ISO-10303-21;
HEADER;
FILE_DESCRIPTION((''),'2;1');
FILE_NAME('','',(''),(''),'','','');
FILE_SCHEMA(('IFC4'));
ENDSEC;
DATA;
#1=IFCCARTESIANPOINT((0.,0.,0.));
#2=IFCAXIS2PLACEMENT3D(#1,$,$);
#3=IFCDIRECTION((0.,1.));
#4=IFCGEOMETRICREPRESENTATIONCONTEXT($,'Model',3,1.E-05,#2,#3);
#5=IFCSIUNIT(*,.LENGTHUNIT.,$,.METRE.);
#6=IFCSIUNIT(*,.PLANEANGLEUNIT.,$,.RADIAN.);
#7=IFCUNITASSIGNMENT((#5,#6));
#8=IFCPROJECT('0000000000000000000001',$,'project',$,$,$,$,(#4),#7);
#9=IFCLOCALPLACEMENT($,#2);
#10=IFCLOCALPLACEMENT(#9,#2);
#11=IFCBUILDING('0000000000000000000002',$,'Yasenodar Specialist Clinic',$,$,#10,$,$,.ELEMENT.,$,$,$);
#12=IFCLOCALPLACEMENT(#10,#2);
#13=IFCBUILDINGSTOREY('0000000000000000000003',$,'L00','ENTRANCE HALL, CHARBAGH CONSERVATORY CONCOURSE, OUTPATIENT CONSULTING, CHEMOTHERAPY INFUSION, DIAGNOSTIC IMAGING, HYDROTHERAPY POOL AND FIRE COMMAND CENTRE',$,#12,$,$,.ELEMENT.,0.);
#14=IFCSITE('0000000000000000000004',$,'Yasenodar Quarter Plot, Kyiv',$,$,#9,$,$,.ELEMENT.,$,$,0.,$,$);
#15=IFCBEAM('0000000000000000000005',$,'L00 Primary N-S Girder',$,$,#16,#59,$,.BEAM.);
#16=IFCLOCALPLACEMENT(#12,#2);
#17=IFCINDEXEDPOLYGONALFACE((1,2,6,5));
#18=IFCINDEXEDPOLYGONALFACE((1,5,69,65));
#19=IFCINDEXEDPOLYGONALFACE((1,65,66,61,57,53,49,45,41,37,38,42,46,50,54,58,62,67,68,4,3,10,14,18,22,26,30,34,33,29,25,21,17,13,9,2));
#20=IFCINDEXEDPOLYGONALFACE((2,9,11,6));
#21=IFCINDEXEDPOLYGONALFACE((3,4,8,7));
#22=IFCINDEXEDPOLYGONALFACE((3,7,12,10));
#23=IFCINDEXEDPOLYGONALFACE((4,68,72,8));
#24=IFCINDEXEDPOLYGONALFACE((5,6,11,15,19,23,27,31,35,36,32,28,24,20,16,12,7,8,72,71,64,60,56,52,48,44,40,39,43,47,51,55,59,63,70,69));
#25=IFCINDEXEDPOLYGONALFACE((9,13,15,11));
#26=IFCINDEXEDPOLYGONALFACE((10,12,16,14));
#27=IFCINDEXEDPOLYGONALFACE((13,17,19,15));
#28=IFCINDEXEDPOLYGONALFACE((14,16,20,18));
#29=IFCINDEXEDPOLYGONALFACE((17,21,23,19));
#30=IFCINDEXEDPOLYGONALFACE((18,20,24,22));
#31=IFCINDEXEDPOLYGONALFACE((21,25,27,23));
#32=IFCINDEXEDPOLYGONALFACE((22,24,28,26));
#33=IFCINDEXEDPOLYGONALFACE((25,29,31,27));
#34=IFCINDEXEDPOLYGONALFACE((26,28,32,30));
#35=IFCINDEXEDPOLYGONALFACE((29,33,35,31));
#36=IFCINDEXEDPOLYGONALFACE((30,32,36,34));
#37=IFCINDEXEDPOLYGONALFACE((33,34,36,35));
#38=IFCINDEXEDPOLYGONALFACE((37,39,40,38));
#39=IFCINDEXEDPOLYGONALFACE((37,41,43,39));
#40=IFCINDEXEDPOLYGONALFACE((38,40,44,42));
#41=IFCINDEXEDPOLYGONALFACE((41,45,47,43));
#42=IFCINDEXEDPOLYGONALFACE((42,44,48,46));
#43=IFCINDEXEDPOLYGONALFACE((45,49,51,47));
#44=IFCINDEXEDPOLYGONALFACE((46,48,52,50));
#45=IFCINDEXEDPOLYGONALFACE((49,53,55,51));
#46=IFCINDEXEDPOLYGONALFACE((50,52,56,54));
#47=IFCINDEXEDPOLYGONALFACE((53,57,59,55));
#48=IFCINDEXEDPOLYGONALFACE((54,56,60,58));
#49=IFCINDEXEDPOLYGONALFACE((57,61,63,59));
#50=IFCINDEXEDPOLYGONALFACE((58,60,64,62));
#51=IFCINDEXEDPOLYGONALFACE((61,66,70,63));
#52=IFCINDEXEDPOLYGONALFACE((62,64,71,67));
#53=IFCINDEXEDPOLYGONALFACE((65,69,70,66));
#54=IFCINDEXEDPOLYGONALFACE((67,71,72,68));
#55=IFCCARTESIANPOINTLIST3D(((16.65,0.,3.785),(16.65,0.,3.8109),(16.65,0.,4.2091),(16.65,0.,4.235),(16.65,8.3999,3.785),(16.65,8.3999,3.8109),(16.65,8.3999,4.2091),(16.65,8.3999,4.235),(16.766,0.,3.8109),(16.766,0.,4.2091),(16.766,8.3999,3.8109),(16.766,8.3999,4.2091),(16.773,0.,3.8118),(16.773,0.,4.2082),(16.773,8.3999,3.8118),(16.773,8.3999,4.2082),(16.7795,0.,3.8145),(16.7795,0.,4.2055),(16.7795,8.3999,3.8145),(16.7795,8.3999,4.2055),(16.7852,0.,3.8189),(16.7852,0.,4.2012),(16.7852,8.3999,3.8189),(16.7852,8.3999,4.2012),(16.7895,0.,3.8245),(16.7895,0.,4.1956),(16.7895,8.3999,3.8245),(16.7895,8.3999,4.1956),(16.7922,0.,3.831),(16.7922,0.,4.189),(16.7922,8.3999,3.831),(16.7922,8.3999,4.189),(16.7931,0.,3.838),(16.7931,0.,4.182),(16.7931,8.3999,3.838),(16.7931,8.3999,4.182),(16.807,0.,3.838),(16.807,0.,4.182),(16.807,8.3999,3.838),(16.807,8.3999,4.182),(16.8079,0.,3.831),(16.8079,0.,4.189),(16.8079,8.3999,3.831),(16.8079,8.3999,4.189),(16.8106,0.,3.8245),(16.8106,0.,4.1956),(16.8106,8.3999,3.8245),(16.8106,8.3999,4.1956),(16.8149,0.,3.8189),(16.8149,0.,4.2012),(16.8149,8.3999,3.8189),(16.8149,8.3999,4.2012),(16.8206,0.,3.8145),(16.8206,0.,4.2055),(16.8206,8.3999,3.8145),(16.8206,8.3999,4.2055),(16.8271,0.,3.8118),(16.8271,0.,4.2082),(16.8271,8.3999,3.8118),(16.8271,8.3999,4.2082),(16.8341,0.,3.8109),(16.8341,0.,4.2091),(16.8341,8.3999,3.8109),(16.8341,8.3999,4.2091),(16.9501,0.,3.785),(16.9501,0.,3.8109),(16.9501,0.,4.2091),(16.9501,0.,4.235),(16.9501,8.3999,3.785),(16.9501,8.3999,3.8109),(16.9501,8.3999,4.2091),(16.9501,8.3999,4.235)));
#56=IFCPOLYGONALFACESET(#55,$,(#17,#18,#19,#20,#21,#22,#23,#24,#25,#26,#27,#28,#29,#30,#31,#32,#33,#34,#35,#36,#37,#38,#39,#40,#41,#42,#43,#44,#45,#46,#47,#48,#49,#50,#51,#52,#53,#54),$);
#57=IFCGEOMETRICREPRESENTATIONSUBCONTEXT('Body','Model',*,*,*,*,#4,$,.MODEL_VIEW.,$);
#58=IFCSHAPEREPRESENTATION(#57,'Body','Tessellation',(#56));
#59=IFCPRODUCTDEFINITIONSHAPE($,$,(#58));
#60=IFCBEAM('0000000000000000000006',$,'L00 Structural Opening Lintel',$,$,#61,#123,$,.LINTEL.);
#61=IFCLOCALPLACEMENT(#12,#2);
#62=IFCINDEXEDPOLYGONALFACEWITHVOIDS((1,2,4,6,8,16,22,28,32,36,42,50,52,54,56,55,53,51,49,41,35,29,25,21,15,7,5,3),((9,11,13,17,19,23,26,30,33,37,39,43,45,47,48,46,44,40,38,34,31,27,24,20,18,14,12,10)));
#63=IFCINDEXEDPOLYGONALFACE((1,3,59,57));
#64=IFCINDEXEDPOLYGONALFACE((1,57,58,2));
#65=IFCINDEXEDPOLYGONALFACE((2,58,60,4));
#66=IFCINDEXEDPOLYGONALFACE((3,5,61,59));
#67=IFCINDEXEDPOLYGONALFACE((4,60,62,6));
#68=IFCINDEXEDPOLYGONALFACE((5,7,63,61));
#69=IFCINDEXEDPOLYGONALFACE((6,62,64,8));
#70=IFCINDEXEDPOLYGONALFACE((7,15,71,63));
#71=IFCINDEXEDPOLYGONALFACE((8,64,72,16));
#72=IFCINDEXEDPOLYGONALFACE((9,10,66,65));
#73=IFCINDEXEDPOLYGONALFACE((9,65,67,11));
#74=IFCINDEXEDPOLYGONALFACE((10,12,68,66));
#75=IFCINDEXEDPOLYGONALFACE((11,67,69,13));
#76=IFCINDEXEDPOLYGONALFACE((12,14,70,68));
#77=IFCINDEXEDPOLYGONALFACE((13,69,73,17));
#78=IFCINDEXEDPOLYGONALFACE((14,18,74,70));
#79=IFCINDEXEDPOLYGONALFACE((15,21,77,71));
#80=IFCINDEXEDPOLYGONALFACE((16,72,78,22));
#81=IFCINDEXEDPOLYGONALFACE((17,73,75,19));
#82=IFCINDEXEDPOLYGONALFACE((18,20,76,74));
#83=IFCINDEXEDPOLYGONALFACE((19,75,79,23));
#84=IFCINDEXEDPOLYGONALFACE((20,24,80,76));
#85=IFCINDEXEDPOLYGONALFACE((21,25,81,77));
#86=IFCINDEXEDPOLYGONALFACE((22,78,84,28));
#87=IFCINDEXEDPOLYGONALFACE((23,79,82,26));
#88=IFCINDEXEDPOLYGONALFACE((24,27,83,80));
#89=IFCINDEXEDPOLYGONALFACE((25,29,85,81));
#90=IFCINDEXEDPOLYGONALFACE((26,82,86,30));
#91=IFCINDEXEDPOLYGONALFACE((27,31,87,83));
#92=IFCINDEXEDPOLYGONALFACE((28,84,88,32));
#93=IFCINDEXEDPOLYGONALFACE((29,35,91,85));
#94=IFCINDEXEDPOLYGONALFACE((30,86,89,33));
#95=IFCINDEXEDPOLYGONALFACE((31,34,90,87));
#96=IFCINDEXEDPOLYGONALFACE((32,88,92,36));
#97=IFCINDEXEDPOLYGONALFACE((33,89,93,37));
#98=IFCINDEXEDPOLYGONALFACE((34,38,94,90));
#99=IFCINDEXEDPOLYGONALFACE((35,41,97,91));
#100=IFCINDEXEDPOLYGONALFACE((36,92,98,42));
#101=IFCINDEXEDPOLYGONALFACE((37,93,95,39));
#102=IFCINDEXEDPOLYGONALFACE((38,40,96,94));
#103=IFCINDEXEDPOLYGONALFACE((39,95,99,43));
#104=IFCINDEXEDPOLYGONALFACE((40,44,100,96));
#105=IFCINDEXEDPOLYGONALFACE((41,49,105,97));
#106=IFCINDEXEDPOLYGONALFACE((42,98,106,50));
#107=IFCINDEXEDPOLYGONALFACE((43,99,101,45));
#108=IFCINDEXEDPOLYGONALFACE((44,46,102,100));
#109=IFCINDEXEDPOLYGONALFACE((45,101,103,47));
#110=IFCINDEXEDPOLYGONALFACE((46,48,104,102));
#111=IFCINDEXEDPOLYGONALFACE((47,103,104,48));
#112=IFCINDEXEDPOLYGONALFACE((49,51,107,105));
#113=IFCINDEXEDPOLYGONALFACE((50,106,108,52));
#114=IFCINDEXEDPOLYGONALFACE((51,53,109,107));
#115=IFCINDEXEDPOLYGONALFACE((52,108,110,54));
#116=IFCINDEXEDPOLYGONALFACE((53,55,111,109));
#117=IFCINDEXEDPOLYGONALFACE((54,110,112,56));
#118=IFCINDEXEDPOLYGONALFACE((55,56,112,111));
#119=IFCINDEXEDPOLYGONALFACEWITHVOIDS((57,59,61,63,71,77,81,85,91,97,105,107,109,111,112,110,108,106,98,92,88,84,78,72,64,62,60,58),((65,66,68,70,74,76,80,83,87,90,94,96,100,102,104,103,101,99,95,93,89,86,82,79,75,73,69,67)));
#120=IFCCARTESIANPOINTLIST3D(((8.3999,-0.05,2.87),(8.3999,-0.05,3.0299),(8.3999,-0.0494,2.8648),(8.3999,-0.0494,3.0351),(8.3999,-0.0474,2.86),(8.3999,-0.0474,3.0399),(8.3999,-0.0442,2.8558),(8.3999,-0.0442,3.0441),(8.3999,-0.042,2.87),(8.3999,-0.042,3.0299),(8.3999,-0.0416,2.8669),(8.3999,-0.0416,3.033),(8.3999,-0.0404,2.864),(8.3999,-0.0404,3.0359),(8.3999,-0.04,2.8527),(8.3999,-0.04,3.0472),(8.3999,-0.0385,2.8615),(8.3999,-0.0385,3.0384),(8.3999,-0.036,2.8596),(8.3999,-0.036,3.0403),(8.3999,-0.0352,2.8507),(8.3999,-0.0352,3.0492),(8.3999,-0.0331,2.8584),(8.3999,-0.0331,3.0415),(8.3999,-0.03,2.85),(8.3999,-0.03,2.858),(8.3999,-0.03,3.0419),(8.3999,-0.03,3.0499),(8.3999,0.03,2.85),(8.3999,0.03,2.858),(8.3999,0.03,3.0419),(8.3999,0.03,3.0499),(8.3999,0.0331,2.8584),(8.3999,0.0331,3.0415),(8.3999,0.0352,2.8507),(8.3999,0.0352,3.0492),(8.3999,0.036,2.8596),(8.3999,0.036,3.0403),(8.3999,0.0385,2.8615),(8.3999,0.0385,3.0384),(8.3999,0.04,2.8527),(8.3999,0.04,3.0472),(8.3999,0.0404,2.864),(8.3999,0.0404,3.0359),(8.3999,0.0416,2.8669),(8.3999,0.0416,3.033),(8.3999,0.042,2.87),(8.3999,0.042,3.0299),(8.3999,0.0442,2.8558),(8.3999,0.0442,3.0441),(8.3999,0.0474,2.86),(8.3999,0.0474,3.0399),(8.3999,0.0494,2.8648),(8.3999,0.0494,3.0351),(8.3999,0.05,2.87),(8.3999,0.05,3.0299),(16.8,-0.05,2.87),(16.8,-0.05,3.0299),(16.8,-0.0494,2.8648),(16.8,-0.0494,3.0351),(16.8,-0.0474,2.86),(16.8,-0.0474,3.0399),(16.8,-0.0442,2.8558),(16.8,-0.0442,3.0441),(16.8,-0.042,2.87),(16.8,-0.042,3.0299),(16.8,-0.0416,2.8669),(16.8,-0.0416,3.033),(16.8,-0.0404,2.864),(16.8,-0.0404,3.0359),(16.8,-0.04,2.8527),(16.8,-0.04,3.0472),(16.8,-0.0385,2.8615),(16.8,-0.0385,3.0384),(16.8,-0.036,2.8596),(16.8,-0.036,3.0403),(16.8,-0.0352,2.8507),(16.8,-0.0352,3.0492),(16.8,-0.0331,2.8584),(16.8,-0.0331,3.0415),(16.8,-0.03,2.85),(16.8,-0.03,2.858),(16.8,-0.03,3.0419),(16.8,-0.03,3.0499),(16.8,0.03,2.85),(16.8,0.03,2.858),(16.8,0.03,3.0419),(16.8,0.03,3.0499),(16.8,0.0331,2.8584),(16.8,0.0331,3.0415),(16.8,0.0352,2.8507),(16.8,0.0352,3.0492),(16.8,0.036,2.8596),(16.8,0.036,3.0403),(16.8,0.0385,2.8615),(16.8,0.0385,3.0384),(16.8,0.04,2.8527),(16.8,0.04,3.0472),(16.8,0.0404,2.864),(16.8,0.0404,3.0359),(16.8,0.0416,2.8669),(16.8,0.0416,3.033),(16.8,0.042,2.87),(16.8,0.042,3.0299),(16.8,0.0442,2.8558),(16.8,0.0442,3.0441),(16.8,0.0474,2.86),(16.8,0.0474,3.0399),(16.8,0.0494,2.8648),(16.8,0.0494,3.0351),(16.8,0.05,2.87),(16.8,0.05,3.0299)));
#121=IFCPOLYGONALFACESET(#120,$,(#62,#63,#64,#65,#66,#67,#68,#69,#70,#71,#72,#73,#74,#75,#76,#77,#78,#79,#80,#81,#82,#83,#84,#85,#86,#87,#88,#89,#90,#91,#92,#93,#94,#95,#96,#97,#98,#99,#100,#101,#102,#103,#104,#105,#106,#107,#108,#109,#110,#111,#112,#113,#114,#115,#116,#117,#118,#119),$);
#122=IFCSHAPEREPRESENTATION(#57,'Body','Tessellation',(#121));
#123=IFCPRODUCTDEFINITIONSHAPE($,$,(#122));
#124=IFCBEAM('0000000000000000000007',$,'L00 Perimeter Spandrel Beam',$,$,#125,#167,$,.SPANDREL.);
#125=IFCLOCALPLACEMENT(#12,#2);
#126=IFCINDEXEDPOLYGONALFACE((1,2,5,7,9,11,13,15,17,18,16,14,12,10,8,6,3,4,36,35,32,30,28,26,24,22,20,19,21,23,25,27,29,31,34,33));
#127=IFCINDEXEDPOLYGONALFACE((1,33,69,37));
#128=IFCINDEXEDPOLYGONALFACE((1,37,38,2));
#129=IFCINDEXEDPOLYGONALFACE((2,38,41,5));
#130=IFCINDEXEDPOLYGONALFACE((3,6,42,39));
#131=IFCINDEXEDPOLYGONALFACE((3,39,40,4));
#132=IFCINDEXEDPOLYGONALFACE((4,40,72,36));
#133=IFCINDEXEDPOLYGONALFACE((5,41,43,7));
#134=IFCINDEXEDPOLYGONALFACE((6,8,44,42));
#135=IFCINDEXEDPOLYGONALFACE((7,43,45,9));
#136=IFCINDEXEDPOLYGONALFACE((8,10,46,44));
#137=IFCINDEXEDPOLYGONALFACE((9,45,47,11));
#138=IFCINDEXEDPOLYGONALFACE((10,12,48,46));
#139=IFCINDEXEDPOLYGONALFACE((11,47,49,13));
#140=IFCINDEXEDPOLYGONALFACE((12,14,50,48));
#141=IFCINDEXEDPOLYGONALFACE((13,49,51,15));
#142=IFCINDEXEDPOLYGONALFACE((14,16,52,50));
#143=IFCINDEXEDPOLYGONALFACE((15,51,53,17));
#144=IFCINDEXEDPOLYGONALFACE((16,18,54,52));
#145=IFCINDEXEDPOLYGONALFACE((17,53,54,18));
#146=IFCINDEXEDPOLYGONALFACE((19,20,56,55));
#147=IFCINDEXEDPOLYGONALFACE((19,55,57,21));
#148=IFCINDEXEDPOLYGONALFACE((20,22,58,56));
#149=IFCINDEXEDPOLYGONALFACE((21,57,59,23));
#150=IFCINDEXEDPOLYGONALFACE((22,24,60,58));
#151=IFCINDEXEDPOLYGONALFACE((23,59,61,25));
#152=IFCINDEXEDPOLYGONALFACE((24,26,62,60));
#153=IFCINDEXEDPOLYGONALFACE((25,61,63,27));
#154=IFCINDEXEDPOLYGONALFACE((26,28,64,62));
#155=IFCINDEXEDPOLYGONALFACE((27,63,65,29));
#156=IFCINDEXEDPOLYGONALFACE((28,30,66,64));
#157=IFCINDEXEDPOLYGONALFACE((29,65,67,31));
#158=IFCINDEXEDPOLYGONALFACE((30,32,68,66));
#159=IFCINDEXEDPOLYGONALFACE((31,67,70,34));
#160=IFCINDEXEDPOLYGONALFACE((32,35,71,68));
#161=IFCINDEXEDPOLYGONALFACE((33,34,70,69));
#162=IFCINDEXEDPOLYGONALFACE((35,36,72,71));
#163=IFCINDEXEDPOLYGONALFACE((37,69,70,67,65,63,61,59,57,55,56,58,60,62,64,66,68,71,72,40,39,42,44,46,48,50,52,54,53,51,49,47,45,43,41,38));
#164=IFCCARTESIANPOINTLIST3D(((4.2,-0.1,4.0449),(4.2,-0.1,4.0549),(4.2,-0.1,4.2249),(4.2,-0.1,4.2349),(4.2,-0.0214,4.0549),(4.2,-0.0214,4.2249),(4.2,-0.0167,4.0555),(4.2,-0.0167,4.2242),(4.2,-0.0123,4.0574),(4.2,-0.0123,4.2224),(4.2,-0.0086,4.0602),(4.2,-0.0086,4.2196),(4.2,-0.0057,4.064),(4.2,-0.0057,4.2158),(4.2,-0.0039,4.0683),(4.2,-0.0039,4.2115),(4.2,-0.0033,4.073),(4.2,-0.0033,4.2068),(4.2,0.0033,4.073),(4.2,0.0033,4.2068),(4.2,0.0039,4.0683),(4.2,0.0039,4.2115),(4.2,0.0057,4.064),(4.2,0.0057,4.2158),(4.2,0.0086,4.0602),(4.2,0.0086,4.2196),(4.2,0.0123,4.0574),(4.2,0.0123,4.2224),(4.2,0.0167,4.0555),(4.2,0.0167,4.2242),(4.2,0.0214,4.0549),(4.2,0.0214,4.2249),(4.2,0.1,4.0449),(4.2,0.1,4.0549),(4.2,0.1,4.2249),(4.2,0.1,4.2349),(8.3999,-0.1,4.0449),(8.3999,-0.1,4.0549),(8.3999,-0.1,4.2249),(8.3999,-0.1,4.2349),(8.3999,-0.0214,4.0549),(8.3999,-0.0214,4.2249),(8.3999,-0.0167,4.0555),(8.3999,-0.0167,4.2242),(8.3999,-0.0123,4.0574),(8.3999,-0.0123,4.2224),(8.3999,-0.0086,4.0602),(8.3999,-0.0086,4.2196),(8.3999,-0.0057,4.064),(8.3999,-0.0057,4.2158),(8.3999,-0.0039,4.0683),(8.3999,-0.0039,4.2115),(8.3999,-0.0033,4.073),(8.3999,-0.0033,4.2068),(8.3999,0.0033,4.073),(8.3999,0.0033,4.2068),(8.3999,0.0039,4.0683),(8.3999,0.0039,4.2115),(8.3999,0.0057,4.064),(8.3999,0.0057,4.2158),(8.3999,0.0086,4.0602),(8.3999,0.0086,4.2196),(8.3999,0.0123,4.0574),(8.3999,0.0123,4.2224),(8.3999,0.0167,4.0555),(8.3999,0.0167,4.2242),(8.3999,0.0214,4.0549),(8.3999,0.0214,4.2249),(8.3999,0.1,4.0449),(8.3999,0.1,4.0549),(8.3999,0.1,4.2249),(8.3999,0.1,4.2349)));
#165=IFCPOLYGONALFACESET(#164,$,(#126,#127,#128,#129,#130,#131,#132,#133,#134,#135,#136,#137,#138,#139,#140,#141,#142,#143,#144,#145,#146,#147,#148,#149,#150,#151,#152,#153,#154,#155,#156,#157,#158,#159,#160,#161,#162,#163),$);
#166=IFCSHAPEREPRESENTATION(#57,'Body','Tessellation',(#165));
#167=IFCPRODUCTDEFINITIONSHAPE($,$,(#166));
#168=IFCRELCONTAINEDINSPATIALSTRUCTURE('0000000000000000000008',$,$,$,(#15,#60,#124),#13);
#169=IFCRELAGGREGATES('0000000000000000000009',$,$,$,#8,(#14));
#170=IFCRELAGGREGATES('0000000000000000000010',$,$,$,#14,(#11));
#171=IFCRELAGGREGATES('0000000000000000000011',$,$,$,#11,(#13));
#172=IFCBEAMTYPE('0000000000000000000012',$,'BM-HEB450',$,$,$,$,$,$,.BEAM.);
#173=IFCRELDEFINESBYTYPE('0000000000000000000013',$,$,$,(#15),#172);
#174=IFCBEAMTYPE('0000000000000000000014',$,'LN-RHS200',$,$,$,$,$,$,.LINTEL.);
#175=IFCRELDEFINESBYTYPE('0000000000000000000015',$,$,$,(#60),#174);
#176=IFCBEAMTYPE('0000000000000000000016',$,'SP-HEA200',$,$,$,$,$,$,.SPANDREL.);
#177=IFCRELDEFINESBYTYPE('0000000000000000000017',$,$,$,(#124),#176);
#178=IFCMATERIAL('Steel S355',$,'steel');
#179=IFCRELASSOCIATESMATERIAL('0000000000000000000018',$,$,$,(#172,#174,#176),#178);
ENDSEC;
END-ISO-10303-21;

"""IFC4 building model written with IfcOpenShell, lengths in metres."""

from ifc_helpers import new_model, si_unit, direction, frame, origin, origin_2d, place, context, subcontext, project, spatial, hollow_rectangle, i_section, extrude, material, material_profile, profile_set, type_object, element, save


model = new_model("IFC4")

# Units and contexts
model_context = context("Model", 3, precision=1e-05, world=origin(), true_north=direction((0.0, 1.0)))
body_context = subcontext(model_context, "Body", "Model", "MODEL_VIEW")
ifc_project = project(units=[si_unit("LENGTHUNIT", "METRE"), si_unit("PLANEANGLEUNIT", "RADIAN")], contexts=[model_context])

# Site, building, storey
site_placement = place(None, origin())
site = spatial("IfcSite", under=ifc_project, at=site_placement, Name="Yasenodar Quarter Plot, Kyiv", CompositionType="ELEMENT", RefElevation=0.0)
building_placement = place(site_placement, origin())
building = spatial("IfcBuilding", under=site, at=building_placement, Name="Yasenodar Specialist Clinic", CompositionType="ELEMENT")
storey_placement = place(building_placement, origin())
storey = spatial("IfcBuildingStorey", under=building, at=storey_placement, Name="L00", Description="ENTRANCE HALL, CHARBAGH CONSERVATORY CONCOURSE, OUTPATIENT CONSULTING, CHEMOTHERAPY INFUSION, DIAGNOSTIC IMAGING, HYDROTHERAPY POOL AND FIRE COMMAND CENTRE", CompositionType="ELEMENT", Elevation=0.0)

# Shared definitions
ifc_material_1 = material(Name="Steel S355", Category="steel")

# Beams
ifc_material_profile_1 = material_profile(ifc_material_1, i_section(OverallWidth=0.3, OverallDepth=0.45, WebThickness=0.0139, FlangeThickness=0.0259, FilletRadius=0.0271, at=origin_2d()), Name="HEB 450")
ifc_profile_set_1 = profile_set([ifc_material_profile_1], Name="Steel S355")
beam_type_1 = type_object("IfcBeamType", Name="BM-HEB450", PredefinedType="BEAM", material=ifc_profile_set_1)
beam_1_placement = place(storey_placement, frame((16.8, 0.0, 4.01), z_axis=(0.0, 1.0, 0.0), x_axis=(-1.0, 0.0, 0.0)))
element("IfcBeam", 1, at=beam_1_placement, inside=storey, type_object=beam_type_1, Name="L00 Primary N-S Girder", PredefinedType="BEAM", context=body_context, shape_type="SweptSolid", body=[
    extrude(i_section(OverallWidth=0.3, OverallDepth=0.45, WebThickness=0.0139, FlangeThickness=0.0259, FilletRadius=0.0271, at=origin_2d()), origin(), (0.0, 0.0, 1.0), 8.3999),
])
ifc_material_profile_2 = material_profile(ifc_material_1, hollow_rectangle(XDim=0.1001, YDim=0.2, WallThickness=0.0081, InnerFilletRadius=0.012, OuterFilletRadius=0.02, at=origin_2d()), Name="RHS 200x100x8")
ifc_profile_set_2 = profile_set([ifc_material_profile_2], Name="Steel S355")
beam_type_2 = type_object("IfcBeamType", Name="LN-RHS200", PredefinedType="LINTEL", material=ifc_profile_set_2)
beam_2_placement = place(storey_placement, frame((8.3999, 0.0, 2.95), z_axis=(1.0, 0.0, 0.0), x_axis=(0.0, 1.0, 0.0)))
element("IfcBeam", 2, at=beam_2_placement, inside=storey, type_object=beam_type_2, Name="L00 Structural Opening Lintel", PredefinedType="LINTEL", context=body_context, shape_type="SweptSolid", body=[
    extrude(hollow_rectangle(XDim=0.1001, YDim=0.2, WallThickness=0.0081, InnerFilletRadius=0.012, OuterFilletRadius=0.02, at=origin_2d()), origin(), (0.0, 0.0, 1.0), 8.4001),
])
ifc_material_profile_3 = material_profile(ifc_material_1, i_section(OverallWidth=0.2, OverallDepth=0.1899, WebThickness=0.0066, FlangeThickness=0.01, FilletRadius=0.0181, at=origin_2d()), Name="HEA 200")
ifc_profile_set_3 = profile_set([ifc_material_profile_3], Name="Steel S355")
beam_type_3 = type_object("IfcBeamType", Name="SP-HEA200", PredefinedType="SPANDREL", material=ifc_profile_set_3)
beam_3_placement = place(storey_placement, frame((4.2, 0.0, 4.1399), z_axis=(1.0, 0.0, 0.0), x_axis=(0.0, 1.0, 0.0)))
element("IfcBeam", 3, at=beam_3_placement, inside=storey, type_object=beam_type_3, Name="L00 Perimeter Spandrel Beam", PredefinedType="SPANDREL", context=body_context, shape_type="SweptSolid", body=[
    extrude(i_section(OverallWidth=0.2, OverallDepth=0.1899, WebThickness=0.0066, FlangeThickness=0.01, FilletRadius=0.0181, at=origin_2d()), origin(), (0.0, 0.0, 1.0), 4.2),
])

save(model, "model.ifc")
